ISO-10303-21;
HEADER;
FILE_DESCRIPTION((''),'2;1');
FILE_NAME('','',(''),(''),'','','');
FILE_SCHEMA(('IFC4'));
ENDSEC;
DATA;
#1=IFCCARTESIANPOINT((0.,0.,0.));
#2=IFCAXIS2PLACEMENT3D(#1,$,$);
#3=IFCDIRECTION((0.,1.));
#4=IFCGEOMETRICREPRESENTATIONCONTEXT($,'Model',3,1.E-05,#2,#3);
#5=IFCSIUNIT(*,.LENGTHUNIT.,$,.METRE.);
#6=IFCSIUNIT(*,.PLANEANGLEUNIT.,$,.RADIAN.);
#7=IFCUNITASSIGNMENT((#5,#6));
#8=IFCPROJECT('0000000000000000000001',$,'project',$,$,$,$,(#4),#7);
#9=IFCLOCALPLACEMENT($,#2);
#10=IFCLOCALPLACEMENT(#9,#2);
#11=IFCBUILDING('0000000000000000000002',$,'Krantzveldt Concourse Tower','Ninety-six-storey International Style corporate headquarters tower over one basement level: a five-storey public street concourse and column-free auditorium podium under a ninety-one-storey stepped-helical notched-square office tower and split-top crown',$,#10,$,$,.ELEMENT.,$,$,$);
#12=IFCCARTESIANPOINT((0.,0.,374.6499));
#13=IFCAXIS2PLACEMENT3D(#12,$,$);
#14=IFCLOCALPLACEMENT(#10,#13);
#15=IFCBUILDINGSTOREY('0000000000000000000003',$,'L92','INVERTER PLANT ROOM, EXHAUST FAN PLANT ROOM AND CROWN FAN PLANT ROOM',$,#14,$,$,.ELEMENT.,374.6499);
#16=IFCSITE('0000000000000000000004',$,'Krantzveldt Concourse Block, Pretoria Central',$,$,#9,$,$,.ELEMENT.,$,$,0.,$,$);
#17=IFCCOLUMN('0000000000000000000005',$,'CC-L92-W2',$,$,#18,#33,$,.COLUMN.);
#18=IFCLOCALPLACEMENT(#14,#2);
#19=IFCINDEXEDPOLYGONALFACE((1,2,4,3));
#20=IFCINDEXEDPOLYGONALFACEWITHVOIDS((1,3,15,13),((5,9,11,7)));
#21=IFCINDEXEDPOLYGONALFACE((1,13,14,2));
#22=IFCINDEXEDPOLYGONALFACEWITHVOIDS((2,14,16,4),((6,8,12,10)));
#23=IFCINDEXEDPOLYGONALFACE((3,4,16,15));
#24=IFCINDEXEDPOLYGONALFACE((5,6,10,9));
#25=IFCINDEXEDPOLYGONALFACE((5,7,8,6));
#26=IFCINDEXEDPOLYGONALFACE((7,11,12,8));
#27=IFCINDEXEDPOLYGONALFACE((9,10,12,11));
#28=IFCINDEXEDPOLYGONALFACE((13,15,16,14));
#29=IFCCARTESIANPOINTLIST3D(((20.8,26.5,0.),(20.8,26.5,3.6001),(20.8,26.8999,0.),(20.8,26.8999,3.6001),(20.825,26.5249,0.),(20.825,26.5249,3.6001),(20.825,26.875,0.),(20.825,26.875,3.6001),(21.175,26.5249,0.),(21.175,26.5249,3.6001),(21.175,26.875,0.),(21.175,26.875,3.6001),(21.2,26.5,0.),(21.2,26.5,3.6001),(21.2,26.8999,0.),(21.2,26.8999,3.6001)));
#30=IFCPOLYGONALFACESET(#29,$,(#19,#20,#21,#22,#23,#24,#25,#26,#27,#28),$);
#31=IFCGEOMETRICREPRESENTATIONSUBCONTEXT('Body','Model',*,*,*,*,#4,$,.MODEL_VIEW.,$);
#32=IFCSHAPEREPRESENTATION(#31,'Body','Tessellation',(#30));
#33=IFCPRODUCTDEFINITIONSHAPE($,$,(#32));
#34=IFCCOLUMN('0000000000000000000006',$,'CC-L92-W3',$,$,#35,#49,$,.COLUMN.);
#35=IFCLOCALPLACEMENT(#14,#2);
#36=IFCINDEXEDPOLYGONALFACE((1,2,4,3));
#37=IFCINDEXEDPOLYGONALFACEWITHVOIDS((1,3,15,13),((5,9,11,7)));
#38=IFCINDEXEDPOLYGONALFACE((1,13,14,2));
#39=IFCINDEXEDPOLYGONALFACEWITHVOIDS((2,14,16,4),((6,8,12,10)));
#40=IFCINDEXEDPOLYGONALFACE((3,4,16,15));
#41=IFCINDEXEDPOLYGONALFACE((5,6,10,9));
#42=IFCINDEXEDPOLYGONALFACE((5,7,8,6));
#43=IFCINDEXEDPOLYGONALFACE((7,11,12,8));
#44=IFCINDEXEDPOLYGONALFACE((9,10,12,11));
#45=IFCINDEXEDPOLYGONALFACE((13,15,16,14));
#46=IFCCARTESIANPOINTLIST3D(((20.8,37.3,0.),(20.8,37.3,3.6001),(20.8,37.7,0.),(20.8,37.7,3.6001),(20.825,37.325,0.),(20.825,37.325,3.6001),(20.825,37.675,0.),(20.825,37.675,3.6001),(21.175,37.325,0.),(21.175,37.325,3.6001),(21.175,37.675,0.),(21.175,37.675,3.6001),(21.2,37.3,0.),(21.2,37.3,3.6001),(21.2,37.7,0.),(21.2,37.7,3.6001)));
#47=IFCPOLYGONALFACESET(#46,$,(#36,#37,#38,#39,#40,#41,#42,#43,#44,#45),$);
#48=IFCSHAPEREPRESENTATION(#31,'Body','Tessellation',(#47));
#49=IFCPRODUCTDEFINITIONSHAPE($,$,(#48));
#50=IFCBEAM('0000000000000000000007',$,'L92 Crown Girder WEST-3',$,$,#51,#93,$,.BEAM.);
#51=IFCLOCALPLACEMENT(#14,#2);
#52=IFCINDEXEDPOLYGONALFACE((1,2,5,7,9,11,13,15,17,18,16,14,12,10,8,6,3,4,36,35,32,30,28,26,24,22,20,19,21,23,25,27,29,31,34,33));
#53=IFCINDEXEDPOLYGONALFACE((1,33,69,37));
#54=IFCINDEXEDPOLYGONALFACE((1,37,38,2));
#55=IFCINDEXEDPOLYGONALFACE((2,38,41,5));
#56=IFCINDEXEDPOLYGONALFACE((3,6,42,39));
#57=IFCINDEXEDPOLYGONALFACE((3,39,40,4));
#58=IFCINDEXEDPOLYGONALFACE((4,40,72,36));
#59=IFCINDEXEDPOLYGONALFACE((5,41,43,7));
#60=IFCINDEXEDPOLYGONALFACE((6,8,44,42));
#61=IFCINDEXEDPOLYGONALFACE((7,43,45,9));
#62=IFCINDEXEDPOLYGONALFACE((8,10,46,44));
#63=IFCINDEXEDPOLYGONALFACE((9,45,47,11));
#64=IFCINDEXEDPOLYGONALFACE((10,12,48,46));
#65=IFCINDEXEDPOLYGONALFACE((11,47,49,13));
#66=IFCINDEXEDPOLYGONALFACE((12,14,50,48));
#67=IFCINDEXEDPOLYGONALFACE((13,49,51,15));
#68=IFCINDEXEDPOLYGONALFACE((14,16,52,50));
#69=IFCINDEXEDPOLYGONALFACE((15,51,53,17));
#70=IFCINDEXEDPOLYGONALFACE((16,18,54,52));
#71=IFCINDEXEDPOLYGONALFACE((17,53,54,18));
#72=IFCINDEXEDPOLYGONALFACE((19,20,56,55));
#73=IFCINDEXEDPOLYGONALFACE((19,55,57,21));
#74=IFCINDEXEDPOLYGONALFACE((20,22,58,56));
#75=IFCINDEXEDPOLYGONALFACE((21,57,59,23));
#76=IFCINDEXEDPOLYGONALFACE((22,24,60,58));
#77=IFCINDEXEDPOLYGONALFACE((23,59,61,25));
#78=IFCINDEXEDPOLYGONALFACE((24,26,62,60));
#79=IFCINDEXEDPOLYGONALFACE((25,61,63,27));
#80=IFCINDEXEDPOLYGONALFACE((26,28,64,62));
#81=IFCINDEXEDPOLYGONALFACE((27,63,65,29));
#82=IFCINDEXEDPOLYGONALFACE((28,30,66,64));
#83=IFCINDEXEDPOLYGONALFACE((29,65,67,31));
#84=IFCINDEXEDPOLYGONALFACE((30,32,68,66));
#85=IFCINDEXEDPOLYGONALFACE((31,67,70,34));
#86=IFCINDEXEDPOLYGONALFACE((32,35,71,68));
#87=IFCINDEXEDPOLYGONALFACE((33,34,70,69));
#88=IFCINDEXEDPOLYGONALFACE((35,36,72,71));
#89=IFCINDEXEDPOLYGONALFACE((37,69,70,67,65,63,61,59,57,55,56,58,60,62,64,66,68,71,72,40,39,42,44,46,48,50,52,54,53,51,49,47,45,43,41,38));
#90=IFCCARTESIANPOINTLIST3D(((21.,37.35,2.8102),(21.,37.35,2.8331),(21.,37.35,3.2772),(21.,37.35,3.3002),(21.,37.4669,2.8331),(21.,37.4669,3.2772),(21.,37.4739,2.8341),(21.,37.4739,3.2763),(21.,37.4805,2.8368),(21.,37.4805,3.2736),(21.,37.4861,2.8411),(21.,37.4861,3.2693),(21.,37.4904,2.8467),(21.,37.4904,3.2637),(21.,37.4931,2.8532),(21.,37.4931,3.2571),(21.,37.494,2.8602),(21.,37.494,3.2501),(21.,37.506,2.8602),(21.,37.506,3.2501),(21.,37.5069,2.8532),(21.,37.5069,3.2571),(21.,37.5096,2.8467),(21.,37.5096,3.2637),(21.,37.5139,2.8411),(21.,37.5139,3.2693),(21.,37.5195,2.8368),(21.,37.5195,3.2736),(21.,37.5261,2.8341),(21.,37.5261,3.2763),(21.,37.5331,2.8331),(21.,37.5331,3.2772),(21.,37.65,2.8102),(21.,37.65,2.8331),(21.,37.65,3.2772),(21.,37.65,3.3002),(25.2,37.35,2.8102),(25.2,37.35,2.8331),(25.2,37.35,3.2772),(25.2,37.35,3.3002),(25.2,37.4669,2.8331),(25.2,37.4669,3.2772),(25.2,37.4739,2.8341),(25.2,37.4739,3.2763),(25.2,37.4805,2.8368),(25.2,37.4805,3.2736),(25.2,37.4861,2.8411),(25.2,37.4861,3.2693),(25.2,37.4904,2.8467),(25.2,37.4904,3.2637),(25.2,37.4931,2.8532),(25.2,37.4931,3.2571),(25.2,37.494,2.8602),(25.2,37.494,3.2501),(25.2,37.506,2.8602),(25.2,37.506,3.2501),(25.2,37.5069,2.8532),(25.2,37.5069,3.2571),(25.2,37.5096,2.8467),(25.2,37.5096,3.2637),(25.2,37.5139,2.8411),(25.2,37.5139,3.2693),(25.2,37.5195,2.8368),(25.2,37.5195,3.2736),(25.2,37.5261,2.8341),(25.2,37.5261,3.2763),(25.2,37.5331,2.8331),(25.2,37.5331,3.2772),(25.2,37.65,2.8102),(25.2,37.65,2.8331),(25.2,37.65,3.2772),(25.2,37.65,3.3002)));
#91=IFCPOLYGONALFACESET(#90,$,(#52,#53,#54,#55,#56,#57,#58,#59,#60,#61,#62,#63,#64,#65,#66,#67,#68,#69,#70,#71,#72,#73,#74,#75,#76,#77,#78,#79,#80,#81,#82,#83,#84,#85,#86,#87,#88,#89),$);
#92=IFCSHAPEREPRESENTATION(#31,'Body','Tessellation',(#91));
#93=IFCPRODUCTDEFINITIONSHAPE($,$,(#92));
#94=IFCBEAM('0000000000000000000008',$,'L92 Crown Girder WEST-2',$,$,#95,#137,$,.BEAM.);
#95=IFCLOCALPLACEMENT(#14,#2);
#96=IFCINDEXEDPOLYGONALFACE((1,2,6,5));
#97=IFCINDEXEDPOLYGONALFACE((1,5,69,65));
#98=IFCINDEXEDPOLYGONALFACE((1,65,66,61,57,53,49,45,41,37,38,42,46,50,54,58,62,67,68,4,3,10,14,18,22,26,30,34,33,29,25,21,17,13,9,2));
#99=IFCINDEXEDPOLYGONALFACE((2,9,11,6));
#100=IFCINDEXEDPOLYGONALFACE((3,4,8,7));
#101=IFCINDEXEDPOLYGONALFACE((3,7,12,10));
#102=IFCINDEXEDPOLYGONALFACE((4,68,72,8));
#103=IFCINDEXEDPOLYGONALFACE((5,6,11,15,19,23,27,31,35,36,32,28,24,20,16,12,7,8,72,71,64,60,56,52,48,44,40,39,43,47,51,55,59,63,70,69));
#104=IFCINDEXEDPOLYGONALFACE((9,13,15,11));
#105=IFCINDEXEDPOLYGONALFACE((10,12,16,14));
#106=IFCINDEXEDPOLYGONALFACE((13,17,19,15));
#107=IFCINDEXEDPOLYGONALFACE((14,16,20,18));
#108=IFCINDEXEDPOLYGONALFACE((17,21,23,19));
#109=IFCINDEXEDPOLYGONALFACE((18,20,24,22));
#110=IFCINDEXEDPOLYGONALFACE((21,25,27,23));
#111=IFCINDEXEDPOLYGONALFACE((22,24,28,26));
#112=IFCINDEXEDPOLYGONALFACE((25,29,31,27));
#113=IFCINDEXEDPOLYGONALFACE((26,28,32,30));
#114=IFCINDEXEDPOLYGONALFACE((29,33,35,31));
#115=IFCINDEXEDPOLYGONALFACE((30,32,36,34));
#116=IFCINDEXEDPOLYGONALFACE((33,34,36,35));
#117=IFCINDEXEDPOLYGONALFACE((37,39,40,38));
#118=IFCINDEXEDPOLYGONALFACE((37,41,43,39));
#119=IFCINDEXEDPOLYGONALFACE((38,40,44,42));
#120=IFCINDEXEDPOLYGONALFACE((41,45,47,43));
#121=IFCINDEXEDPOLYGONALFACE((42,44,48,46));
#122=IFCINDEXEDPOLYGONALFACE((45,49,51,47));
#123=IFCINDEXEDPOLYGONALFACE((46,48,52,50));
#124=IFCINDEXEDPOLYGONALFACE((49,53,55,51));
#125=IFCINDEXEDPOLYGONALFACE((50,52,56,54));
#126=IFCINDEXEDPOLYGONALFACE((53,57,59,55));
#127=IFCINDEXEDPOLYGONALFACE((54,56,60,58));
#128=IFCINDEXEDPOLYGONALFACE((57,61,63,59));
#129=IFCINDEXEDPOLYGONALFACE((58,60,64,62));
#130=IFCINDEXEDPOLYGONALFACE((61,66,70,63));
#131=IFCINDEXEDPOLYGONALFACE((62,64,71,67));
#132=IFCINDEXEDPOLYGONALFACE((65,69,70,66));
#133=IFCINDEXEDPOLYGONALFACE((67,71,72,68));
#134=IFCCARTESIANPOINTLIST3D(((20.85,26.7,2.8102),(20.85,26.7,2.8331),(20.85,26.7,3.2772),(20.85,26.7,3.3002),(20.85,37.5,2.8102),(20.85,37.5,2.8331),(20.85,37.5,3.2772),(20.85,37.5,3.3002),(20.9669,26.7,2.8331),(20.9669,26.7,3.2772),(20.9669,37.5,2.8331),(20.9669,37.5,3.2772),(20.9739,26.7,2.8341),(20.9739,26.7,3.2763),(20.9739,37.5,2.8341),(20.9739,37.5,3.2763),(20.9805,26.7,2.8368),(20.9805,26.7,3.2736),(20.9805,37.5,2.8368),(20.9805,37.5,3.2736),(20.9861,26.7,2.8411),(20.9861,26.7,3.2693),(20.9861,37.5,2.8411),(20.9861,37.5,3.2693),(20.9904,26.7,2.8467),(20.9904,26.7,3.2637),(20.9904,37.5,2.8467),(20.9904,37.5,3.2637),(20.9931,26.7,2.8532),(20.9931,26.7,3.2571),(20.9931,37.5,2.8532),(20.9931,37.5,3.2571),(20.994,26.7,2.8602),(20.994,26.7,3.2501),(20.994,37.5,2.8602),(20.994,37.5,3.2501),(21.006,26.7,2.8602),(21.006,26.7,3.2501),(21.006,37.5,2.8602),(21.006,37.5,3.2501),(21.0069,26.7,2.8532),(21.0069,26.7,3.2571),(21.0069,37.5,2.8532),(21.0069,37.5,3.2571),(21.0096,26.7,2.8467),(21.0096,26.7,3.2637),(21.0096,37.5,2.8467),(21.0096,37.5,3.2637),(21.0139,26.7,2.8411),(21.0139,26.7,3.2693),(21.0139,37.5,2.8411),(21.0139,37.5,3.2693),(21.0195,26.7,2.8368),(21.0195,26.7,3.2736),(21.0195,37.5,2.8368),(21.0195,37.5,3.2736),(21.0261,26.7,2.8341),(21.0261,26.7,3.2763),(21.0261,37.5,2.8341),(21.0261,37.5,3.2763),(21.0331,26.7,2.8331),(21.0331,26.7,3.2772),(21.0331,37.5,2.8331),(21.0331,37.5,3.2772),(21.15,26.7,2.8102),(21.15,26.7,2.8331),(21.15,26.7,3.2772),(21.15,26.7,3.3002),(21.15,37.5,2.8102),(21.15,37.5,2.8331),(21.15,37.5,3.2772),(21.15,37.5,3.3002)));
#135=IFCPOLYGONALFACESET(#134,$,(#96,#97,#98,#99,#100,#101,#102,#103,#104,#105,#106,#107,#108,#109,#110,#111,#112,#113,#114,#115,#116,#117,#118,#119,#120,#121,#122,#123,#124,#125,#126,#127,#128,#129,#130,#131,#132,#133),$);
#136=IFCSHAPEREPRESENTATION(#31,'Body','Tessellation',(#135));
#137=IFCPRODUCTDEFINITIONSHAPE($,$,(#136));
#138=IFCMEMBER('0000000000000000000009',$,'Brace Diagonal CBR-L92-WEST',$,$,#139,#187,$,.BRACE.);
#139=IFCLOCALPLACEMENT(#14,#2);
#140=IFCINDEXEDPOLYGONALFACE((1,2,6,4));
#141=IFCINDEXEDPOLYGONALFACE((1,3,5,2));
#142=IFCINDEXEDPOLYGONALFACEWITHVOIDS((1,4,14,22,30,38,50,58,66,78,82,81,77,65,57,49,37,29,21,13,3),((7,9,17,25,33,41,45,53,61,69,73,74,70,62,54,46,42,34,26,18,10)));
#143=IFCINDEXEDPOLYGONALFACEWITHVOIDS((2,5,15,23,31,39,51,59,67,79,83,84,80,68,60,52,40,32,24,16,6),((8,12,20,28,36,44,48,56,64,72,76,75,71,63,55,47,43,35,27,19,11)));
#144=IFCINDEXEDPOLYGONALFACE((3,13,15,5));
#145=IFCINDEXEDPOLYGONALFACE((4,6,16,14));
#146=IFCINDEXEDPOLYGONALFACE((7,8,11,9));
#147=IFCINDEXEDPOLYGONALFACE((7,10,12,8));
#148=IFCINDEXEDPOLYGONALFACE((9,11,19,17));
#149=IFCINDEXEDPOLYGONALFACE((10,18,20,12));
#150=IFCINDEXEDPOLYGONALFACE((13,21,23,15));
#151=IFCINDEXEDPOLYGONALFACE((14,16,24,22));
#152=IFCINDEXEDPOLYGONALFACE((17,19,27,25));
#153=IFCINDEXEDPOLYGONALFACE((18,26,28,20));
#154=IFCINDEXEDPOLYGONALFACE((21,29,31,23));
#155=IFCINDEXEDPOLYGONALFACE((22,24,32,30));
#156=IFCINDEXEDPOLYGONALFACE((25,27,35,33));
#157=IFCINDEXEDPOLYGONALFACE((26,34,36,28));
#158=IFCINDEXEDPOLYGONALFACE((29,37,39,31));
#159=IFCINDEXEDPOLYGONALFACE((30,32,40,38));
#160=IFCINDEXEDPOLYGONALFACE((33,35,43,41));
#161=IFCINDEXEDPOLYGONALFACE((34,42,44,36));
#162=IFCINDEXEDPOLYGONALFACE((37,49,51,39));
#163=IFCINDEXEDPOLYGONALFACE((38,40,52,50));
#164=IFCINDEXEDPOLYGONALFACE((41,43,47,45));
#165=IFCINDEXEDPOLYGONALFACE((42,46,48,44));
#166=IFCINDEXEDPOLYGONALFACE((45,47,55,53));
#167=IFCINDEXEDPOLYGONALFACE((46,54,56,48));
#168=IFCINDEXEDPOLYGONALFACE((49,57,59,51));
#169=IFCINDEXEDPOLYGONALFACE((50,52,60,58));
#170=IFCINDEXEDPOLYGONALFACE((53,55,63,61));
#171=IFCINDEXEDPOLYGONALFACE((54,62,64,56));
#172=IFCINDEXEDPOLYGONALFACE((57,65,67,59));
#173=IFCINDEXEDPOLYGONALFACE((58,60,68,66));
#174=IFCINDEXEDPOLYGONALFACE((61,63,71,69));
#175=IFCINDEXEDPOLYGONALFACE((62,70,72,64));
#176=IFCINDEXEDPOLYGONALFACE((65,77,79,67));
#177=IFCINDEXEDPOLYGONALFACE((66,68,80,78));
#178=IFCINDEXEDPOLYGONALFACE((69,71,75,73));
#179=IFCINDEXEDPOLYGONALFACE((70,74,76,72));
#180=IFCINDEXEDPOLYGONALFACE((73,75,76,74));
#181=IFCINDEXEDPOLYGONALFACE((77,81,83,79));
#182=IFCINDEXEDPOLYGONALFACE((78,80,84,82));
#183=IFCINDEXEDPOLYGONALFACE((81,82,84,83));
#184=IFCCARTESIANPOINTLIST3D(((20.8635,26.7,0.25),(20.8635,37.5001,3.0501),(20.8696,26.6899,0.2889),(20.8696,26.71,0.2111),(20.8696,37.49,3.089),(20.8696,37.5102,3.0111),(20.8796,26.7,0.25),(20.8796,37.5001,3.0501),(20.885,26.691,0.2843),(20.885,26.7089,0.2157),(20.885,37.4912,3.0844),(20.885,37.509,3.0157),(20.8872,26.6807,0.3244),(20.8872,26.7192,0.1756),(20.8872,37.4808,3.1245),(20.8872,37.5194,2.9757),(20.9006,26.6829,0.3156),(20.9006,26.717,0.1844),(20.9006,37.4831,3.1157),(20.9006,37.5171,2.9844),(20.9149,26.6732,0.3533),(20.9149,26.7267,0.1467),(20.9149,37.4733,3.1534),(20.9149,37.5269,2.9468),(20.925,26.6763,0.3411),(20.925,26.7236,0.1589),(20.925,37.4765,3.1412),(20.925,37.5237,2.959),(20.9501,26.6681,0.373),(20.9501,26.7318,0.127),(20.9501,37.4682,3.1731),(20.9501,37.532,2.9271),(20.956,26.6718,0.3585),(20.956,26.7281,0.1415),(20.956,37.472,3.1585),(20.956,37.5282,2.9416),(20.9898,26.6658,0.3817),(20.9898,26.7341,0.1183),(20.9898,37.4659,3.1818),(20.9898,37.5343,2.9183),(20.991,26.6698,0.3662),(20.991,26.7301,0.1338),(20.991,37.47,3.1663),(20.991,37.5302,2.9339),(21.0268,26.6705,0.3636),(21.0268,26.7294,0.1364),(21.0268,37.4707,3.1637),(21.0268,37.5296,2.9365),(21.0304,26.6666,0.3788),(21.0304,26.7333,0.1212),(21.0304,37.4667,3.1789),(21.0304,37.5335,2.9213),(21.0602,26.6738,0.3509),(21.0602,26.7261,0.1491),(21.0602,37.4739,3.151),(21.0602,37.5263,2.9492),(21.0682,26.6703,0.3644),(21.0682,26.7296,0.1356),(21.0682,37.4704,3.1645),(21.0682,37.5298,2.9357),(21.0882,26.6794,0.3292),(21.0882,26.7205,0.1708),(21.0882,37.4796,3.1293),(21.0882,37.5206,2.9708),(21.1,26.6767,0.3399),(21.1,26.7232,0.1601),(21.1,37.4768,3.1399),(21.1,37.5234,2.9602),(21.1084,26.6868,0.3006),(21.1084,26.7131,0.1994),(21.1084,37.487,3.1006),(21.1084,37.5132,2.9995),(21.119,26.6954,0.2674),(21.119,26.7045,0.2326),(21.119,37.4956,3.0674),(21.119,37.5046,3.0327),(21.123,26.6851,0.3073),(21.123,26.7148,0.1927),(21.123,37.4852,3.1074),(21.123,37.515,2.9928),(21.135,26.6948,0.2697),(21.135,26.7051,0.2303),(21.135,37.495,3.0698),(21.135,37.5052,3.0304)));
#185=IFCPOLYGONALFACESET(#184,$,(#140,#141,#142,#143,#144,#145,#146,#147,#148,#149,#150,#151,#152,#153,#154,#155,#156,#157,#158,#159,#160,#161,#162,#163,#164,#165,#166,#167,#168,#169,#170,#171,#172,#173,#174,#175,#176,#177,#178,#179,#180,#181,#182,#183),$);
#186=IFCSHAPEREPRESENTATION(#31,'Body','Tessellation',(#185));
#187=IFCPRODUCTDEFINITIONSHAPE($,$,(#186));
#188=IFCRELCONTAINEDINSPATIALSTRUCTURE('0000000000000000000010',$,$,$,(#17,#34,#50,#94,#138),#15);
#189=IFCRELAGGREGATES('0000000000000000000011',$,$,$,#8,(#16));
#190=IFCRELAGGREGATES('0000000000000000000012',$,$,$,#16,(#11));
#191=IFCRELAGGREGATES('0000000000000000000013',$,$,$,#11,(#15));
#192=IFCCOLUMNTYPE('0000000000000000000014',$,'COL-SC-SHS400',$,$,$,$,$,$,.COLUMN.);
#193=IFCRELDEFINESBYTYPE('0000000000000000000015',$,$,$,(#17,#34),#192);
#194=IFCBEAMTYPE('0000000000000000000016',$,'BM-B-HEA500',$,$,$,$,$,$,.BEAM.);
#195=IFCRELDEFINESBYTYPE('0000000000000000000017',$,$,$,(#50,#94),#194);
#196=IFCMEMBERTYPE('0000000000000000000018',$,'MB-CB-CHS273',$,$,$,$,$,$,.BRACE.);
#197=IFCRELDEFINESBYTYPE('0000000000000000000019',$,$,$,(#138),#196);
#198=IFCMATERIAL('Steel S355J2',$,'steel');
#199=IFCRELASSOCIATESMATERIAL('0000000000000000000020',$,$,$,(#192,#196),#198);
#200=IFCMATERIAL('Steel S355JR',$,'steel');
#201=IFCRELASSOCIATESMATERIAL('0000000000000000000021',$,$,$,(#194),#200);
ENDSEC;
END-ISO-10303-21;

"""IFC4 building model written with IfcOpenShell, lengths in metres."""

from ifc_helpers import new_model, si_unit, direction, frame, origin, origin_2d, place, context, subcontext, project, spatial, hollow_rectangle, hollow_circle, i_section, extrude, source, transform, mapped, material, material_profile, profile_set, type_object, type_shapes, element, save


model = new_model("IFC4")

# Units and contexts
model_context = context("Model", 3, precision=1e-05, world=origin(), true_north=direction((0.0, 1.0)))
body_context = subcontext(model_context, "Body", "Model", "MODEL_VIEW")
ifc_project = project(units=[si_unit("LENGTHUNIT", "METRE"), si_unit("PLANEANGLEUNIT", "RADIAN")], contexts=[model_context])

# Site, building, storey
site_placement = place(None, origin())
site = spatial("IfcSite", under=ifc_project, at=site_placement, Name="Krantzveldt Concourse Block, Pretoria Central", CompositionType="ELEMENT", RefElevation=0.0)
building_placement = place(site_placement, origin())
building = spatial("IfcBuilding", under=site, at=building_placement, Name="Krantzveldt Concourse Tower", Description="Ninety-six-storey International Style corporate headquarters tower over one basement level: a five-storey public street concourse and column-free auditorium podium under a ninety-one-storey stepped-helical notched-square office tower and split-top crown", CompositionType="ELEMENT")
storey_placement = place(building_placement, frame((0.0, 0.0, 374.6499)))
storey = spatial("IfcBuildingStorey", under=building, at=storey_placement, Name="L92", Description="INVERTER PLANT ROOM, EXHAUST FAN PLANT ROOM AND CROWN FAN PLANT ROOM", CompositionType="ELEMENT", Elevation=374.6499)

# Columns
ifc_material_1 = material(Name="Steel S355J2", Category="steel")
ifc_material_profile_1 = material_profile(ifc_material_1, hollow_rectangle(XDim=0.3999, YDim=0.3999, WallThickness=0.0249, at=origin_2d()), Name="Steel S355J2", Category="steel")
ifc_profile_set_1 = profile_set([ifc_material_profile_1], Name="Steel S355J2 - SHS 400x400x25")
column_type = type_object("IfcColumnType", Name="COL-SC-SHS400", PredefinedType="COLUMN", material=ifc_profile_set_1)
shared_shape_1 = source(origin(), body_context, "Body", "SweptSolid", [
    extrude(hollow_rectangle(XDim=0.3999, YDim=0.3999, WallThickness=0.0249, at=origin_2d()), origin(), (0.0, 0.0, 1.0), 3.6001),
])
type_shapes(column_type, [shared_shape_1])
for number, where, z_axis, x_axis, name in (
    (1, (21.0, 26.7, 0.0), (0.0, 0.0, 1.0), (1.0, 0.0, 0.0), "CC-L92-W2"),
    (2, (21.0, 37.5, 0.0), (0.0, 0.0, 1.0), (1.0, 0.0, 0.0), "CC-L92-W3"),
):
    element("IfcColumn", number, at=place(storey_placement, frame(where, z_axis=z_axis, x_axis=x_axis)), inside=storey, type_object=column_type, Name=name, PredefinedType="COLUMN", context=body_context, shape_type="MappedRepresentation", body=[
        mapped(shared_shape_1, transform((0.0, 0.0, 0.0), x_axis=(1.0, 0.0, 0.0), y_axis=(0.0, 1.0, 0.0), z_axis=(0.0, 0.0, 1.0), scale=1.0)),
    ])

# Beams
ifc_material_2 = material(Name="Steel S355JR", Category="steel")
ifc_material_profile_2 = material_profile(ifc_material_2, i_section(OverallWidth=0.3, OverallDepth=0.49, WebThickness=0.012, FlangeThickness=0.0229, FilletRadius=0.0271, at=origin_2d()), Name="Steel S355JR", Category="steel")
ifc_profile_set_2 = profile_set([ifc_material_profile_2], Name="Steel S355JR - HEA 500")
beam_type = type_object("IfcBeamType", Name="BM-B-HEA500", PredefinedType="BEAM", material=ifc_profile_set_2)
shared_shape_2 = source(origin(), body_context, "Body", "SweptSolid", [
    extrude(i_section(OverallWidth=0.3, OverallDepth=0.49, WebThickness=0.012, FlangeThickness=0.0229, FilletRadius=0.0271, at=origin_2d()), origin(), (0.0, 0.0, 1.0), 4.2),
])
beam_1_placement = place(storey_placement, frame((21.0, 37.5, 3.0552), z_axis=(1.0, 0.0, 0.0), x_axis=(0.0, 1.0, 0.0)))
element("IfcBeam", 3, at=beam_1_placement, inside=storey, type_object=beam_type, Name="L92 Crown Girder WEST-3", PredefinedType="BEAM", context=body_context, shape_type="MappedRepresentation", body=[
    mapped(shared_shape_2, transform((0.0, 0.0, 0.0), x_axis=(1.0, 0.0, 0.0), y_axis=(0.0, 1.0, 0.0), z_axis=(0.0, 0.0, 1.0), scale=1.0)),
])
shared_shape_3 = source(origin(), body_context, "Body", "SweptSolid", [
    extrude(i_section(OverallWidth=0.3, OverallDepth=0.49, WebThickness=0.012, FlangeThickness=0.0229, FilletRadius=0.0271, at=origin_2d()), origin(), (0.0, 0.0, 1.0), 10.8),
])
type_shapes(beam_type, [shared_shape_2, shared_shape_3])
beam_2_placement = place(storey_placement, frame((21.0, 26.7, 3.0552), z_axis=(0.0, 1.0, 0.0), x_axis=(-1.0, 0.0, 0.0)))
element("IfcBeam", 4, at=beam_2_placement, inside=storey, type_object=beam_type, Name="L92 Crown Girder WEST-2", PredefinedType="BEAM", context=body_context, shape_type="MappedRepresentation", body=[
    mapped(shared_shape_3, transform((0.0, 0.0, 0.0), x_axis=(1.0, 0.0, 0.0), y_axis=(0.0, 1.0, 0.0), z_axis=(0.0, 0.0, 1.0), scale=1.0)),
])

# Member
ifc_material_profile_3 = material_profile(ifc_material_1, hollow_circle(Radius=0.1365, WallThickness=0.0161, at=origin_2d()), Name="Steel S355J2", Category="steel")
ifc_profile_set_3 = profile_set([ifc_material_profile_3], Name="Steel S355J2 - CHS 273x16")
member_type_1 = type_object("IfcMemberType", Name="MB-CB-CHS273", PredefinedType="BRACE", material=ifc_profile_set_3)
shared_shape_4 = source(origin(), body_context, "Body", "SweptSolid", [
    extrude(hollow_circle(Radius=0.1365, WallThickness=0.0161, at=origin_2d()), origin(), (0.0, 0.0, 1.0), 11.1572),
])
type_shapes(member_type_1, [shared_shape_4])
member_1_placement = place(storey_placement, frame((21.0, 26.7, 0.25), z_axis=(0.0, 0.967996, 0.250965), x_axis=(-1.0, 0.0, 0.0)))
element("IfcMember", 5, at=member_1_placement, inside=storey, type_object=member_type_1, Name="Brace Diagonal CBR-L92-WEST", PredefinedType="BRACE", context=body_context, shape_type="MappedRepresentation", body=[
    mapped(shared_shape_4, transform((0.0, 0.0, 0.0), x_axis=(1.0, 0.0, 0.0), y_axis=(0.0, 1.0, 0.0), z_axis=(0.0, 0.0, 1.0), scale=1.0)),
])

save(model, "model.ifc")
